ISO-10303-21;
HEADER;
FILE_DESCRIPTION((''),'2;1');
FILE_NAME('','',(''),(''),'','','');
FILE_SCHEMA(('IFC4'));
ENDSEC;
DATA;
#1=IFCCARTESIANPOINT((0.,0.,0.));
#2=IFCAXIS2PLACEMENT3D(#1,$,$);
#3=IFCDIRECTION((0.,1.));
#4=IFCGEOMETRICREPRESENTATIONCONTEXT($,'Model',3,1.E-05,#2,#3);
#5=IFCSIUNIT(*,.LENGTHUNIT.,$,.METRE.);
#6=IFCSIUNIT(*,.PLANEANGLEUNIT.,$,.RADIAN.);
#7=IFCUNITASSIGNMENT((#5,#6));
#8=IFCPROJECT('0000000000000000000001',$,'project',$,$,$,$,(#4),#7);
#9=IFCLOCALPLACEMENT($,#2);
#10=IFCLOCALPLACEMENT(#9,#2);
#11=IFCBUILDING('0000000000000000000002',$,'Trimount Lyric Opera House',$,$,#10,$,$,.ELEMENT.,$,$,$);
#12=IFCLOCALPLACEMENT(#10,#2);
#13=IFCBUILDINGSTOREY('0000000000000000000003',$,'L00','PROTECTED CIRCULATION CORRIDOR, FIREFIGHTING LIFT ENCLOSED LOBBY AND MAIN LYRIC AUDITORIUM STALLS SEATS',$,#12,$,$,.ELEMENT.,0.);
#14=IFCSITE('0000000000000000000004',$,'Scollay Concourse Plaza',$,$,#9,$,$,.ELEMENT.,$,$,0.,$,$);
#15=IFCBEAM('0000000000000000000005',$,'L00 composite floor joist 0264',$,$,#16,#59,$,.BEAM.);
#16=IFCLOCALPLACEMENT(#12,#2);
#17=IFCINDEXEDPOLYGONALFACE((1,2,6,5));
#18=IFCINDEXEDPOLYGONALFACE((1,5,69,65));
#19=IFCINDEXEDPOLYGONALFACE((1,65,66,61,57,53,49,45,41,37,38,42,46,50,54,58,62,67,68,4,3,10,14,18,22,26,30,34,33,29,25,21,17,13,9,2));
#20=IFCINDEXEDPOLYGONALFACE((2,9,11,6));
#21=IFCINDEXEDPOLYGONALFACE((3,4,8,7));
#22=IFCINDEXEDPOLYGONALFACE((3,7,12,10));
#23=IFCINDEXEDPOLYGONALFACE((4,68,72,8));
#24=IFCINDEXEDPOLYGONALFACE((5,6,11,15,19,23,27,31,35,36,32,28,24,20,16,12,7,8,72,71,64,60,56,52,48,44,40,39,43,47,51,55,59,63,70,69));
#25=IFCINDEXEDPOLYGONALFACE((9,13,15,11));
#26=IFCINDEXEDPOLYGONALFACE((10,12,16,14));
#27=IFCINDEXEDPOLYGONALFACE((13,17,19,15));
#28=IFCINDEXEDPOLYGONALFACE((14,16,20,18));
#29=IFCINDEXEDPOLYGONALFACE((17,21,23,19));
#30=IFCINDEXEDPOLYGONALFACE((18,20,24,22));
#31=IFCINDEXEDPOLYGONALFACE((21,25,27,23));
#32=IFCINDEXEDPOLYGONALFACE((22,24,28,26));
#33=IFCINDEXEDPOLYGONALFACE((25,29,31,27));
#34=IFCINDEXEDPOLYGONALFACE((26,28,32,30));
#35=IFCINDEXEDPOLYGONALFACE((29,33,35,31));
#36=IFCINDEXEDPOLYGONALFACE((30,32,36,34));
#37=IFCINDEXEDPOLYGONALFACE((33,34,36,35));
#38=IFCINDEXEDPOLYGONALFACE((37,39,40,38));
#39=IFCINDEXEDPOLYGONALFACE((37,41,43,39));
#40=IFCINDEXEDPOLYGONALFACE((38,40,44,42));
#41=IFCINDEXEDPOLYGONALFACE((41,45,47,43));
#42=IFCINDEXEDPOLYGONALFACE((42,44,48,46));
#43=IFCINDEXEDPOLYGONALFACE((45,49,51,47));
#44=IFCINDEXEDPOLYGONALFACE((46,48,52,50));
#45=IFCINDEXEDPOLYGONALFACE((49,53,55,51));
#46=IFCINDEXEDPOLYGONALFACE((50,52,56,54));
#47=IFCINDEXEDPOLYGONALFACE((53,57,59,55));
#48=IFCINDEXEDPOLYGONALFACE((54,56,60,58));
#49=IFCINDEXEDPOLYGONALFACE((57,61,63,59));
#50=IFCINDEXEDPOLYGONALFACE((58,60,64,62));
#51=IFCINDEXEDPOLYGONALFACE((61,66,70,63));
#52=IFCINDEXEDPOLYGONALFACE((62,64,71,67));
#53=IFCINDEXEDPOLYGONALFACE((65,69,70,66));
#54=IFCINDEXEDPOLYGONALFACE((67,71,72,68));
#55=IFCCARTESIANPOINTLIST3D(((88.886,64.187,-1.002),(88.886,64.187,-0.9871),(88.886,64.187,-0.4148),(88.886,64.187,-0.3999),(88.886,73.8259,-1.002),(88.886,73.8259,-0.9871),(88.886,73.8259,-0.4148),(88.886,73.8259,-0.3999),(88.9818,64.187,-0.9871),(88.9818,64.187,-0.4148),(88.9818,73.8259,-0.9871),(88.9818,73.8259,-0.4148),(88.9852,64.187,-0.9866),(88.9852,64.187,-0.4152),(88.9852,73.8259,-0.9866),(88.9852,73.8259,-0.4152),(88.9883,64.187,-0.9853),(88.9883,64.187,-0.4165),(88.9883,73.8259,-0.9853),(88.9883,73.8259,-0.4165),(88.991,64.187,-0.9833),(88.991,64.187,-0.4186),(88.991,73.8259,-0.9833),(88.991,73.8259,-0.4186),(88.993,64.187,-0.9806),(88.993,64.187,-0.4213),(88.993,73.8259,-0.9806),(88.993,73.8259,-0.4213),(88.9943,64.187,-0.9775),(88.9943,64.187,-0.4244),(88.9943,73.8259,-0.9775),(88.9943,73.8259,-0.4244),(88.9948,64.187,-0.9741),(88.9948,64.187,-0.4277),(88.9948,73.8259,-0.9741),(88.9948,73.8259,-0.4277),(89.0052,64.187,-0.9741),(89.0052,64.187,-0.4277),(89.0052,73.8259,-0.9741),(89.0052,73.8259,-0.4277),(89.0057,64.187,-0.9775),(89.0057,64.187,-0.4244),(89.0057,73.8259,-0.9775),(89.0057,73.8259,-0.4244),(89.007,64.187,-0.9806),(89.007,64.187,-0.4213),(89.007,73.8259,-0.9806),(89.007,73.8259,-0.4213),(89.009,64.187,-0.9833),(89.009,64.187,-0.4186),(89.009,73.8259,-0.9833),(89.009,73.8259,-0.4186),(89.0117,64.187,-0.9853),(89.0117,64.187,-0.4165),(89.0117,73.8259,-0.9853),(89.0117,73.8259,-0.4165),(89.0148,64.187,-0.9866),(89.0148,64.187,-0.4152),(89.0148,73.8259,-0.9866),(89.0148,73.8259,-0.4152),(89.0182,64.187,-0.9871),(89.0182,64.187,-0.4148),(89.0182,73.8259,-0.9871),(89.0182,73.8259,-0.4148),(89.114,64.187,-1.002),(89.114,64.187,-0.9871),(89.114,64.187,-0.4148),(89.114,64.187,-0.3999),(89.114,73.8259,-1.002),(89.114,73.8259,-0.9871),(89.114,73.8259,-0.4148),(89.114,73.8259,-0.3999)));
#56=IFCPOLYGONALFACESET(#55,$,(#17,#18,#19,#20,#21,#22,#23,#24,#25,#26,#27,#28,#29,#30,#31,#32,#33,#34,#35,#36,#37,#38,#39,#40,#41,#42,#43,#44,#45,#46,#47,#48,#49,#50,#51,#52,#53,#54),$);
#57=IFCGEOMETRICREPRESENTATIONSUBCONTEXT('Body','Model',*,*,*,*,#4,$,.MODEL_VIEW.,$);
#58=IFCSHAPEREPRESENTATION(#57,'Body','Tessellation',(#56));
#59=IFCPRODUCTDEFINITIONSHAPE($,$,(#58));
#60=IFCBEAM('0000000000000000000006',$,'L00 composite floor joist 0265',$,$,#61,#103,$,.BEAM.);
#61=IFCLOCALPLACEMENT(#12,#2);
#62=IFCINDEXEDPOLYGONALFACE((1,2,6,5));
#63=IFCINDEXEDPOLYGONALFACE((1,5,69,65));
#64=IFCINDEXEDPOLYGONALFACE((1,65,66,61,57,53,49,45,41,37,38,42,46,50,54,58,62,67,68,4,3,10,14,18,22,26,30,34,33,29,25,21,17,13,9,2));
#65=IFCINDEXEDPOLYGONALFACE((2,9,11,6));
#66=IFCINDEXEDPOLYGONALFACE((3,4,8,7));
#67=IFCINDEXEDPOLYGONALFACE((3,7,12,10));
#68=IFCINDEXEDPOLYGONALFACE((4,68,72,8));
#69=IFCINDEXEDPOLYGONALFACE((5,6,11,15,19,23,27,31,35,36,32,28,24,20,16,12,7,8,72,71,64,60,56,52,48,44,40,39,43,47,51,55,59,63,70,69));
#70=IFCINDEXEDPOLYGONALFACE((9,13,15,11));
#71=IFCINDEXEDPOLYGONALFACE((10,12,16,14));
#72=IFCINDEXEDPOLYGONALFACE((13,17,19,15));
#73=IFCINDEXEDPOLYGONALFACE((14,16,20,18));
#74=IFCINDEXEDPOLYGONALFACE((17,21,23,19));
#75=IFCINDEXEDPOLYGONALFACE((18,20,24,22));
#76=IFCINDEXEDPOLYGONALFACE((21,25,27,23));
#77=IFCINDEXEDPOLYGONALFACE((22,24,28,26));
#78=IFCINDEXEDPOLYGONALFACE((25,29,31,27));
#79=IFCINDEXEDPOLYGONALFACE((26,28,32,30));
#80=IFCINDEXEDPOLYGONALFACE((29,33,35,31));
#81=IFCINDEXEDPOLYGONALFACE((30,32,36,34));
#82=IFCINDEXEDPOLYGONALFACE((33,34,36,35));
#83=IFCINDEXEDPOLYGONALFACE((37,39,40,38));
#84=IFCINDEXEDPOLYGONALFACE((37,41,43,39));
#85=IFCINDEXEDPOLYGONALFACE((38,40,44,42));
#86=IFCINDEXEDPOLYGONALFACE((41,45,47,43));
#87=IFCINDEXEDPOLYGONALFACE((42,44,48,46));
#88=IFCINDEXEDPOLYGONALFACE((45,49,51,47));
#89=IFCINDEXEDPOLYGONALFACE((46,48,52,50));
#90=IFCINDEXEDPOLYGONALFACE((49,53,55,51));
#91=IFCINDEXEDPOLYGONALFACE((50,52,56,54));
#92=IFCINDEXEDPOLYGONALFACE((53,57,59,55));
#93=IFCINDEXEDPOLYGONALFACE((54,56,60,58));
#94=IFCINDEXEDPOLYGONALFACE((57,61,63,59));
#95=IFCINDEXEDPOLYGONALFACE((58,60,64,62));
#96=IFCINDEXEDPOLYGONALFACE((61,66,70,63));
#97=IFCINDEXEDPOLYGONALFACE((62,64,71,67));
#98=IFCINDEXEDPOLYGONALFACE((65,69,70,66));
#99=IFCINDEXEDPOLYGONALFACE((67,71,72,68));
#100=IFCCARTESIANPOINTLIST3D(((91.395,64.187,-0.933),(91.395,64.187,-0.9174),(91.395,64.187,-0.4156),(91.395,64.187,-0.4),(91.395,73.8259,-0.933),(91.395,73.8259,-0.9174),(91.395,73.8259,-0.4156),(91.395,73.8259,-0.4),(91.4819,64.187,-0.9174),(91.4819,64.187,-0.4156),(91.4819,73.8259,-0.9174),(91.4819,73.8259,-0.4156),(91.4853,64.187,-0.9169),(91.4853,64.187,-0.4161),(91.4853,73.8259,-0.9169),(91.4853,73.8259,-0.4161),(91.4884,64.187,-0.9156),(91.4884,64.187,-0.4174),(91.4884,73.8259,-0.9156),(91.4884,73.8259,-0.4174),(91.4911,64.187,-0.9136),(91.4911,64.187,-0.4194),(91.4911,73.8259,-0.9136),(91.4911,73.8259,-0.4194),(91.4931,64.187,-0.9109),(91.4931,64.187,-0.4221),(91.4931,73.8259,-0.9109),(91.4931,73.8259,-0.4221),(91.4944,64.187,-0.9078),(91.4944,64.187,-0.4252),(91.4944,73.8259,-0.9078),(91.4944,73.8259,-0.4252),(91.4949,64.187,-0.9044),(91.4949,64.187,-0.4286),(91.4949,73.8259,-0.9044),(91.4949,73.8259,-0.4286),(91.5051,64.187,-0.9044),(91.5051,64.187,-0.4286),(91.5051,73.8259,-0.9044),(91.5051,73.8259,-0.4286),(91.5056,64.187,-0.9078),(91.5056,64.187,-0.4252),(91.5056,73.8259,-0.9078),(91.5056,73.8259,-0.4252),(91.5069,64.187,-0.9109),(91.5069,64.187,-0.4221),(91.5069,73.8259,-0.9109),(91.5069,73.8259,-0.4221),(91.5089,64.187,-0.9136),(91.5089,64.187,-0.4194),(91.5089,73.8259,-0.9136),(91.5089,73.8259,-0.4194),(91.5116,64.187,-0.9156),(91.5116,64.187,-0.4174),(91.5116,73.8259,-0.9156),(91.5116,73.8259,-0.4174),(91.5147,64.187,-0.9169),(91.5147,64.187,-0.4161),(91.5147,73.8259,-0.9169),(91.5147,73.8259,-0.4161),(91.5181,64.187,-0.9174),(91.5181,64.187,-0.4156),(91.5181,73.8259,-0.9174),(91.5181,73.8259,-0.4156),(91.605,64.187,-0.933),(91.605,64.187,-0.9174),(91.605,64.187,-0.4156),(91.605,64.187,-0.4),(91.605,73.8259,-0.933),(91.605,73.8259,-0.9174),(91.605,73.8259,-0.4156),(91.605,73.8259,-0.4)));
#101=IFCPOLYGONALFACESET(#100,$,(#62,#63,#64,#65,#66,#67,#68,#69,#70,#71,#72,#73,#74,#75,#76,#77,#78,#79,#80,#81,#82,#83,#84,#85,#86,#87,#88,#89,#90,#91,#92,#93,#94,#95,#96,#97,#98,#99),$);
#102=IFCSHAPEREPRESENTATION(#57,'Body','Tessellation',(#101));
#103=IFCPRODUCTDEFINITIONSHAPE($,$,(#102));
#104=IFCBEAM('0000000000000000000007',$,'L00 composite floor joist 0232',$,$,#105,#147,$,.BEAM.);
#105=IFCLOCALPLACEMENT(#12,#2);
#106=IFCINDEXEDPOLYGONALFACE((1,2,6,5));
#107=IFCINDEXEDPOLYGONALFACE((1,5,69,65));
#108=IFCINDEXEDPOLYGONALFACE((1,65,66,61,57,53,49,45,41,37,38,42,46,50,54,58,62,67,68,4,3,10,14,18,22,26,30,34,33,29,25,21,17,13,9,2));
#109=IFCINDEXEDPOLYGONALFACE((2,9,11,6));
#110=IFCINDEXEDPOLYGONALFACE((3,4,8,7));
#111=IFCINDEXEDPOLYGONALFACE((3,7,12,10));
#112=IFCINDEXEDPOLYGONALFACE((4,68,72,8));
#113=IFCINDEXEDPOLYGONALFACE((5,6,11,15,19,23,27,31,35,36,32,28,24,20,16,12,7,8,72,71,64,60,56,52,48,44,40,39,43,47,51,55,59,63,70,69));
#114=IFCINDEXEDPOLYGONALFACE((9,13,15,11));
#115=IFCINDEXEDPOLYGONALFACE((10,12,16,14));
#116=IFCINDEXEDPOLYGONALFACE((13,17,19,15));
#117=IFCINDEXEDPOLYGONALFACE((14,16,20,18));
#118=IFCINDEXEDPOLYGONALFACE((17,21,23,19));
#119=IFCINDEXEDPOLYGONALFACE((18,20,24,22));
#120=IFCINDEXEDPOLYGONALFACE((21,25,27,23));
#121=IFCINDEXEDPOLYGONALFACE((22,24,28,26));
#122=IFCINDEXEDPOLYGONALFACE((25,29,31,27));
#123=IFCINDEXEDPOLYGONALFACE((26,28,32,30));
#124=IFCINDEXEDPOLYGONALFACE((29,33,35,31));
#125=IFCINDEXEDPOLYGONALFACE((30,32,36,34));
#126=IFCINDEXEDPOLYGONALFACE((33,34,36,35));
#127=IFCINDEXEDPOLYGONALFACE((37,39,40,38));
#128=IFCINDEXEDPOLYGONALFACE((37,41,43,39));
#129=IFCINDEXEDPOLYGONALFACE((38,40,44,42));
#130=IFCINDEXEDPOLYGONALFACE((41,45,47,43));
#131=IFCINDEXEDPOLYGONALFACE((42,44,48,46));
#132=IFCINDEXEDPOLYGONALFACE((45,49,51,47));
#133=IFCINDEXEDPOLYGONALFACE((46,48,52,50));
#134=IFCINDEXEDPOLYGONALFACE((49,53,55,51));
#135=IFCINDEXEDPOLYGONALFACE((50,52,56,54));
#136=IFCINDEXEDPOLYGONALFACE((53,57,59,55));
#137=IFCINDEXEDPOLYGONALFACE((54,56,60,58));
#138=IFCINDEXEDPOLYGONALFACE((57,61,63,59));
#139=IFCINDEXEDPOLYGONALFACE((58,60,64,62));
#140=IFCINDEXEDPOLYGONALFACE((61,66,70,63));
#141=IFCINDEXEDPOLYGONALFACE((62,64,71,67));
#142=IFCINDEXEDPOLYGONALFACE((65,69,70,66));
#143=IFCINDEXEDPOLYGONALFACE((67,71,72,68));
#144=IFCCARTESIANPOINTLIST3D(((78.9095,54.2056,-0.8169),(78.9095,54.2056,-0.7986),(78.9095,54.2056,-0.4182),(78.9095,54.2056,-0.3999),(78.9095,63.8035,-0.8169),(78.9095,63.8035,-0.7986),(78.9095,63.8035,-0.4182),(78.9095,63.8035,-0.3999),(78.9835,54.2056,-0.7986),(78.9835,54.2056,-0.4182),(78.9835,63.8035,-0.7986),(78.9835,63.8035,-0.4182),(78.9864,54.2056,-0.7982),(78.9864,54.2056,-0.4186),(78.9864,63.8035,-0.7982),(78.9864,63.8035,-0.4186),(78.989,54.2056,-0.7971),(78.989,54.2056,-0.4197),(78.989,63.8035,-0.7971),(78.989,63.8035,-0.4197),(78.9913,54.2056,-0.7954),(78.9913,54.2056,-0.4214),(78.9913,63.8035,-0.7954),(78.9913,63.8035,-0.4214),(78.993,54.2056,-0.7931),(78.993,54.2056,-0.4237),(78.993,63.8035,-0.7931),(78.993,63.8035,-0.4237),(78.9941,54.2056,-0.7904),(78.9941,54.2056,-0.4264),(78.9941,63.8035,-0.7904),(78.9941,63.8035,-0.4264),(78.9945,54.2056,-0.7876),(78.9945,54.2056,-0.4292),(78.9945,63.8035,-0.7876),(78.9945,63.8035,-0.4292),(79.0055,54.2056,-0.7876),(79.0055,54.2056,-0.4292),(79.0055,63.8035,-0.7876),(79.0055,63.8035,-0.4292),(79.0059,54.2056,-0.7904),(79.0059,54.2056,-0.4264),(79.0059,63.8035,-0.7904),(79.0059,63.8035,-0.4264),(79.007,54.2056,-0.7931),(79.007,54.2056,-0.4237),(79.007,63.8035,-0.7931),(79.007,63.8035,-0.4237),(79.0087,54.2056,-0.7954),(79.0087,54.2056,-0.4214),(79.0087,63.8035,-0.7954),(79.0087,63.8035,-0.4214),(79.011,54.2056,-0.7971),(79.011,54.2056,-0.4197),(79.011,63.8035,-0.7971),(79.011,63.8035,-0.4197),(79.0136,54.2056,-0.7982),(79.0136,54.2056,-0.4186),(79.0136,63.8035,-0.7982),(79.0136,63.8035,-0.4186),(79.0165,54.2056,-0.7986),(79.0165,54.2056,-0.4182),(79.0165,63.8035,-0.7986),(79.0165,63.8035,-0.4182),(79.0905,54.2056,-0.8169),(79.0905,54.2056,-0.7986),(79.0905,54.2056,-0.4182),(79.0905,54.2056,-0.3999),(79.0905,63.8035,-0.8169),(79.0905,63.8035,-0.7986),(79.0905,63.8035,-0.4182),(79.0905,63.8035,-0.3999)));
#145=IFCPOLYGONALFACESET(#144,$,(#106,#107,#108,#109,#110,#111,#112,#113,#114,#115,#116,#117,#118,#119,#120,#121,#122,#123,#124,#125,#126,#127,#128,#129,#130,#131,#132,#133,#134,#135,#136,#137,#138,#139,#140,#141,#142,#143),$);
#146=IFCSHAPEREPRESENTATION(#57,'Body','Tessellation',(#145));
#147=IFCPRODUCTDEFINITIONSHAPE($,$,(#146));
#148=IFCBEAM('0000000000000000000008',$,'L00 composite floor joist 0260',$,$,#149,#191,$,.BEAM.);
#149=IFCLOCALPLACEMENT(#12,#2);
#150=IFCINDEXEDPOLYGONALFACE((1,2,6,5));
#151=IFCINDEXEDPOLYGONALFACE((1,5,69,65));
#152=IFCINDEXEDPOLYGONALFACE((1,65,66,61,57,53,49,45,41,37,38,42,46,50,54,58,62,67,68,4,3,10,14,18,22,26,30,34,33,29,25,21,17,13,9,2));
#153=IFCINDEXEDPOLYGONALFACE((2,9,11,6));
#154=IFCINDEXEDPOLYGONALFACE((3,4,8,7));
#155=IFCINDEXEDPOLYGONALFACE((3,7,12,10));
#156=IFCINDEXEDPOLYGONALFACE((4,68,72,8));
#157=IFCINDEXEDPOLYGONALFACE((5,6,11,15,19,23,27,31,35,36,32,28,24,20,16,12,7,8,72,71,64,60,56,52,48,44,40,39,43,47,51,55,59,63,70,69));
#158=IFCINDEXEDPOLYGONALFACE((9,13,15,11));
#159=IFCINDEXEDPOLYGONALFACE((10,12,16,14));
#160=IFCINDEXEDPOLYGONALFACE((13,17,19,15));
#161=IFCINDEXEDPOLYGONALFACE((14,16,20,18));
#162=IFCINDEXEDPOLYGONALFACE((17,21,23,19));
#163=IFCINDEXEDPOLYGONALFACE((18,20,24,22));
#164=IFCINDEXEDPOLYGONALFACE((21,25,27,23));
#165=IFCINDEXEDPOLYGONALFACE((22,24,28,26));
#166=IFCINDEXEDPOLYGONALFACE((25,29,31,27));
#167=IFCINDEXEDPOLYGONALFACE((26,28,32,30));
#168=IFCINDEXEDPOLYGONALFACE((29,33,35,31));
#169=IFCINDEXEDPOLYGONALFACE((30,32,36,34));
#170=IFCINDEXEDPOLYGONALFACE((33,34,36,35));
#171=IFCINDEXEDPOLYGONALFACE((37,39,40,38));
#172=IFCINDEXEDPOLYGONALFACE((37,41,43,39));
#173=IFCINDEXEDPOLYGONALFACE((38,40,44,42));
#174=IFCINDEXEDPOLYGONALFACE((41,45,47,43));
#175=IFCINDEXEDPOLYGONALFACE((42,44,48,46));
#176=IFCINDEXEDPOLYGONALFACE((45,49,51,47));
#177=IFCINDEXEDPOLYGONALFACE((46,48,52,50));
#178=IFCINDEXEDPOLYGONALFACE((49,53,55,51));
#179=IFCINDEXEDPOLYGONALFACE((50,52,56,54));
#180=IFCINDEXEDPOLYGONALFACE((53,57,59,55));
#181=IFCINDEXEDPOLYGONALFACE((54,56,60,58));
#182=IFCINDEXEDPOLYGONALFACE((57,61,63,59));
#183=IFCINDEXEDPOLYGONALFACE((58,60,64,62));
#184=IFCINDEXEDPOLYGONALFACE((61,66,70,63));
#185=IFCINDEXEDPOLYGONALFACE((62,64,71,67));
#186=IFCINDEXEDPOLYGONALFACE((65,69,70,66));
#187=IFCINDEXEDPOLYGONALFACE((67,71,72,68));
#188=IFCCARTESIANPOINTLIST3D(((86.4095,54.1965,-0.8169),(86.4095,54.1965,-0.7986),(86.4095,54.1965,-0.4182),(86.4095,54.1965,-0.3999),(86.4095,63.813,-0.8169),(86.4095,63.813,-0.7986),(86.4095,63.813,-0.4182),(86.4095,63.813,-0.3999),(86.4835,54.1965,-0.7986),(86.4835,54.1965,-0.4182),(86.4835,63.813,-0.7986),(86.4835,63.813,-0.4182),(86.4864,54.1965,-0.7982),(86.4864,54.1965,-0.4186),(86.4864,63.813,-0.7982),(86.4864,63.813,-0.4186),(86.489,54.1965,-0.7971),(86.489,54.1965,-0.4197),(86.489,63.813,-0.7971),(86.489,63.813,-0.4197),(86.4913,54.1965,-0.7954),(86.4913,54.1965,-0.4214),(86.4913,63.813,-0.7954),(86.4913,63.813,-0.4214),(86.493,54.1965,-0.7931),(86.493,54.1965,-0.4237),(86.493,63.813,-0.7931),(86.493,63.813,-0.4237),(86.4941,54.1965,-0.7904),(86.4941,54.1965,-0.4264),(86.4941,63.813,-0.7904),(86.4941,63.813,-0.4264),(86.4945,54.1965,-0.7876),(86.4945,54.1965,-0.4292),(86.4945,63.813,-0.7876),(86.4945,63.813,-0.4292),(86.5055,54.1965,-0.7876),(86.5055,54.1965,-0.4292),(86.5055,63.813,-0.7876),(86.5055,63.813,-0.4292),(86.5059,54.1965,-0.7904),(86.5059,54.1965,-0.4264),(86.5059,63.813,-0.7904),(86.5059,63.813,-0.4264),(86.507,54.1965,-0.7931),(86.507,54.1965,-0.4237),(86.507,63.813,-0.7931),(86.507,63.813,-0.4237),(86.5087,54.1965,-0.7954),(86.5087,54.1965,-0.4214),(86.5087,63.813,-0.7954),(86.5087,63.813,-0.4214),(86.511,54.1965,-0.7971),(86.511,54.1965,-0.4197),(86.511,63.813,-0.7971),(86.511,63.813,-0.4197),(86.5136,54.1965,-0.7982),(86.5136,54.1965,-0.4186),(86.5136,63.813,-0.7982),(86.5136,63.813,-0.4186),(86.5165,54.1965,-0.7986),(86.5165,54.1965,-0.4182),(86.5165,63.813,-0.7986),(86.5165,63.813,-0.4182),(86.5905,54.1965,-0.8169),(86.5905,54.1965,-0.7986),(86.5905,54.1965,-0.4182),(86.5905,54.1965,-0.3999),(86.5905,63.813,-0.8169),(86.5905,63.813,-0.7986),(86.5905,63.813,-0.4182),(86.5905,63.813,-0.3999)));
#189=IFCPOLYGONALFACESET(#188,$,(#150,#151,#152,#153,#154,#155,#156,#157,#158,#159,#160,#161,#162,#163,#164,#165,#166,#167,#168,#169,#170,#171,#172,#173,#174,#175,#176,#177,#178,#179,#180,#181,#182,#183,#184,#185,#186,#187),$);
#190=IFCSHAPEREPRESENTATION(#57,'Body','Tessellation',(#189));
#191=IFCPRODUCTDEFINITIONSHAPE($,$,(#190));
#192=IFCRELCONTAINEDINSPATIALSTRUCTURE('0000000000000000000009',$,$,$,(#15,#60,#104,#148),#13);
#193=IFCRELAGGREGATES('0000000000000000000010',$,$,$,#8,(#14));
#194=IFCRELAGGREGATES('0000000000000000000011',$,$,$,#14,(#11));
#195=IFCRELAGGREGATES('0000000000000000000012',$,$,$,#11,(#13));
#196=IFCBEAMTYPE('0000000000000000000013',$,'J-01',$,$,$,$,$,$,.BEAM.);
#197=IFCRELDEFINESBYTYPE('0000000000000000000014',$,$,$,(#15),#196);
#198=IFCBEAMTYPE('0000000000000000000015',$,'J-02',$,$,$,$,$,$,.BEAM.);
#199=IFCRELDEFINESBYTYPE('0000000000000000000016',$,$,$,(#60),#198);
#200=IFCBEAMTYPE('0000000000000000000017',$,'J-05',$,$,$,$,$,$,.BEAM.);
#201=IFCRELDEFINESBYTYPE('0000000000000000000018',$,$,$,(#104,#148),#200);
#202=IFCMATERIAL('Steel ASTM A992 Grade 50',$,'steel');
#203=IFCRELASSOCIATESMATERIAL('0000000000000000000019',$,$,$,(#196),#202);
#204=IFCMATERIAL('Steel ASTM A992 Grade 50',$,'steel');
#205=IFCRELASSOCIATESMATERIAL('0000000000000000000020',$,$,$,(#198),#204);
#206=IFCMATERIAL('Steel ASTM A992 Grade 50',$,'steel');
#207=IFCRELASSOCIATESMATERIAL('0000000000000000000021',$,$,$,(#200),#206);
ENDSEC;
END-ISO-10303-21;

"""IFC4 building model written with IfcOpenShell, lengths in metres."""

from ifc_helpers import new_model, si_unit, direction, frame, origin, origin_2d, place, context, subcontext, project, spatial, i_section, extrude, material, material_profile, profile_set, type_object, element, save


model = new_model("IFC4")

# Units and contexts
model_context = context("Model", 3, precision=1e-05, world=origin(), true_north=direction((0.0, 1.0)))
body_context = subcontext(model_context, "Body", "Model", "MODEL_VIEW")
ifc_project = project(units=[si_unit("LENGTHUNIT", "METRE"), si_unit("PLANEANGLEUNIT", "RADIAN")], contexts=[model_context])

# Site, building, storey
site_placement = place(None, origin())
site = spatial("IfcSite", under=ifc_project, at=site_placement, Name="Scollay Concourse Plaza", CompositionType="ELEMENT", RefElevation=0.0)
building_placement = place(site_placement, origin())
building = spatial("IfcBuilding", under=site, at=building_placement, Name="Trimount Lyric Opera House", CompositionType="ELEMENT")
storey_placement = place(building_placement, origin())
storey = spatial("IfcBuildingStorey", under=building, at=storey_placement, Name="L00", Description="PROTECTED CIRCULATION CORRIDOR, FIREFIGHTING LIFT ENCLOSED LOBBY AND MAIN LYRIC AUDITORIUM STALLS SEATS", CompositionType="ELEMENT", Elevation=0.0)

# Beams
ifc_material_1 = material(Name="Steel ASTM A992 Grade 50", Category="steel")
ifc_material_profile_1 = material_profile(ifc_material_1, i_section(OverallWidth=0.228, OverallDepth=0.6021, WebThickness=0.0105, FlangeThickness=0.0149, FilletRadius=0.0129, at=origin_2d()), Name="W24X68")
ifc_profile_set_1 = profile_set([ifc_material_profile_1], Name="Steel ASTM A992 Grade 50")
beam_type_1 = type_object("IfcBeamType", Name="J-01", PredefinedType="BEAM", material=ifc_profile_set_1)
beam_1_placement = place(storey_placement, frame((89.0, 64.187, -0.7009), z_axis=(0.0, 1.0, 0.0), x_axis=(-1.0, 0.0, 0.0)))
element("IfcBeam", 1, at=beam_1_placement, inside=storey, type_object=beam_type_1, Name="L00 composite floor joist 0264", PredefinedType="BEAM", context=body_context, shape_type="SweptSolid", body=[
    extrude(i_section(OverallWidth=0.228, OverallDepth=0.6021, WebThickness=0.0105, FlangeThickness=0.0149, FilletRadius=0.0129, at=origin_2d()), origin(), (0.0, 0.0, 1.0), 9.6389),
])
ifc_material_2 = material(Name="Steel ASTM A992 Grade 50", Category="steel")
ifc_material_profile_2 = material_profile(ifc_material_2, i_section(OverallWidth=0.21, OverallDepth=0.533, WebThickness=0.0103, FlangeThickness=0.0156, FilletRadius=0.0129, at=origin_2d()), Name="W21X62")
ifc_profile_set_2 = profile_set([ifc_material_profile_2], Name="Steel ASTM A992 Grade 50")
beam_type_2 = type_object("IfcBeamType", Name="J-02", PredefinedType="BEAM", material=ifc_profile_set_2)
beam_2_placement = place(storey_placement, frame((91.5, 64.187, -0.6665), z_axis=(0.0, 1.0, 0.0), x_axis=(-1.0, 0.0, 0.0)))
element("IfcBeam", 2, at=beam_2_placement, inside=storey, type_object=beam_type_2, Name="L00 composite floor joist 0265", PredefinedType="BEAM", context=body_context, shape_type="SweptSolid", body=[
    extrude(i_section(OverallWidth=0.21, OverallDepth=0.533, WebThickness=0.0103, FlangeThickness=0.0156, FilletRadius=0.0129, at=origin_2d()), origin(), (0.0, 0.0, 1.0), 9.6389),
])
ifc_material_3 = material(Name="Steel ASTM A992 Grade 50", Category="steel")
ifc_material_profile_3 = material_profile(ifc_material_3, i_section(OverallWidth=0.1809, OverallDepth=0.417, WebThickness=0.011, FlangeThickness=0.0183, FilletRadius=0.011, at=origin_2d()), Name="W16X57")
ifc_profile_set_3 = profile_set([ifc_material_profile_3], Name="Steel ASTM A992 Grade 50")
beam_type_3 = type_object("IfcBeamType", Name="J-05", PredefinedType="BEAM", material=ifc_profile_set_3)
beam_3_placement = place(storey_placement, frame((79.0, 54.2056, -0.6084), z_axis=(0.0, 1.0, 0.0), x_axis=(-1.0, 0.0, 0.0)))
element("IfcBeam", 3, at=beam_3_placement, inside=storey, type_object=beam_type_3, Name="L00 composite floor joist 0232", PredefinedType="BEAM", context=body_context, shape_type="SweptSolid", body=[
    extrude(i_section(OverallWidth=0.1809, OverallDepth=0.417, WebThickness=0.011, FlangeThickness=0.0183, FilletRadius=0.011, at=origin_2d()), origin(), (0.0, 0.0, 1.0), 9.5979),
])
beam_4_placement = place(storey_placement, frame((86.5, 54.1965, -0.6084), z_axis=(0.0, 1.0, 0.0), x_axis=(-1.0, 0.0, 0.0)))
element("IfcBeam", 4, at=beam_4_placement, inside=storey, type_object=beam_type_3, Name="L00 composite floor joist 0260", PredefinedType="BEAM", context=body_context, shape_type="SweptSolid", body=[
    extrude(i_section(OverallWidth=0.1809, OverallDepth=0.417, WebThickness=0.011, FlangeThickness=0.0183, FilletRadius=0.011, at=origin_2d()), origin(), (0.0, 0.0, 1.0), 9.6165),
])

save(model, "model.ifc")
